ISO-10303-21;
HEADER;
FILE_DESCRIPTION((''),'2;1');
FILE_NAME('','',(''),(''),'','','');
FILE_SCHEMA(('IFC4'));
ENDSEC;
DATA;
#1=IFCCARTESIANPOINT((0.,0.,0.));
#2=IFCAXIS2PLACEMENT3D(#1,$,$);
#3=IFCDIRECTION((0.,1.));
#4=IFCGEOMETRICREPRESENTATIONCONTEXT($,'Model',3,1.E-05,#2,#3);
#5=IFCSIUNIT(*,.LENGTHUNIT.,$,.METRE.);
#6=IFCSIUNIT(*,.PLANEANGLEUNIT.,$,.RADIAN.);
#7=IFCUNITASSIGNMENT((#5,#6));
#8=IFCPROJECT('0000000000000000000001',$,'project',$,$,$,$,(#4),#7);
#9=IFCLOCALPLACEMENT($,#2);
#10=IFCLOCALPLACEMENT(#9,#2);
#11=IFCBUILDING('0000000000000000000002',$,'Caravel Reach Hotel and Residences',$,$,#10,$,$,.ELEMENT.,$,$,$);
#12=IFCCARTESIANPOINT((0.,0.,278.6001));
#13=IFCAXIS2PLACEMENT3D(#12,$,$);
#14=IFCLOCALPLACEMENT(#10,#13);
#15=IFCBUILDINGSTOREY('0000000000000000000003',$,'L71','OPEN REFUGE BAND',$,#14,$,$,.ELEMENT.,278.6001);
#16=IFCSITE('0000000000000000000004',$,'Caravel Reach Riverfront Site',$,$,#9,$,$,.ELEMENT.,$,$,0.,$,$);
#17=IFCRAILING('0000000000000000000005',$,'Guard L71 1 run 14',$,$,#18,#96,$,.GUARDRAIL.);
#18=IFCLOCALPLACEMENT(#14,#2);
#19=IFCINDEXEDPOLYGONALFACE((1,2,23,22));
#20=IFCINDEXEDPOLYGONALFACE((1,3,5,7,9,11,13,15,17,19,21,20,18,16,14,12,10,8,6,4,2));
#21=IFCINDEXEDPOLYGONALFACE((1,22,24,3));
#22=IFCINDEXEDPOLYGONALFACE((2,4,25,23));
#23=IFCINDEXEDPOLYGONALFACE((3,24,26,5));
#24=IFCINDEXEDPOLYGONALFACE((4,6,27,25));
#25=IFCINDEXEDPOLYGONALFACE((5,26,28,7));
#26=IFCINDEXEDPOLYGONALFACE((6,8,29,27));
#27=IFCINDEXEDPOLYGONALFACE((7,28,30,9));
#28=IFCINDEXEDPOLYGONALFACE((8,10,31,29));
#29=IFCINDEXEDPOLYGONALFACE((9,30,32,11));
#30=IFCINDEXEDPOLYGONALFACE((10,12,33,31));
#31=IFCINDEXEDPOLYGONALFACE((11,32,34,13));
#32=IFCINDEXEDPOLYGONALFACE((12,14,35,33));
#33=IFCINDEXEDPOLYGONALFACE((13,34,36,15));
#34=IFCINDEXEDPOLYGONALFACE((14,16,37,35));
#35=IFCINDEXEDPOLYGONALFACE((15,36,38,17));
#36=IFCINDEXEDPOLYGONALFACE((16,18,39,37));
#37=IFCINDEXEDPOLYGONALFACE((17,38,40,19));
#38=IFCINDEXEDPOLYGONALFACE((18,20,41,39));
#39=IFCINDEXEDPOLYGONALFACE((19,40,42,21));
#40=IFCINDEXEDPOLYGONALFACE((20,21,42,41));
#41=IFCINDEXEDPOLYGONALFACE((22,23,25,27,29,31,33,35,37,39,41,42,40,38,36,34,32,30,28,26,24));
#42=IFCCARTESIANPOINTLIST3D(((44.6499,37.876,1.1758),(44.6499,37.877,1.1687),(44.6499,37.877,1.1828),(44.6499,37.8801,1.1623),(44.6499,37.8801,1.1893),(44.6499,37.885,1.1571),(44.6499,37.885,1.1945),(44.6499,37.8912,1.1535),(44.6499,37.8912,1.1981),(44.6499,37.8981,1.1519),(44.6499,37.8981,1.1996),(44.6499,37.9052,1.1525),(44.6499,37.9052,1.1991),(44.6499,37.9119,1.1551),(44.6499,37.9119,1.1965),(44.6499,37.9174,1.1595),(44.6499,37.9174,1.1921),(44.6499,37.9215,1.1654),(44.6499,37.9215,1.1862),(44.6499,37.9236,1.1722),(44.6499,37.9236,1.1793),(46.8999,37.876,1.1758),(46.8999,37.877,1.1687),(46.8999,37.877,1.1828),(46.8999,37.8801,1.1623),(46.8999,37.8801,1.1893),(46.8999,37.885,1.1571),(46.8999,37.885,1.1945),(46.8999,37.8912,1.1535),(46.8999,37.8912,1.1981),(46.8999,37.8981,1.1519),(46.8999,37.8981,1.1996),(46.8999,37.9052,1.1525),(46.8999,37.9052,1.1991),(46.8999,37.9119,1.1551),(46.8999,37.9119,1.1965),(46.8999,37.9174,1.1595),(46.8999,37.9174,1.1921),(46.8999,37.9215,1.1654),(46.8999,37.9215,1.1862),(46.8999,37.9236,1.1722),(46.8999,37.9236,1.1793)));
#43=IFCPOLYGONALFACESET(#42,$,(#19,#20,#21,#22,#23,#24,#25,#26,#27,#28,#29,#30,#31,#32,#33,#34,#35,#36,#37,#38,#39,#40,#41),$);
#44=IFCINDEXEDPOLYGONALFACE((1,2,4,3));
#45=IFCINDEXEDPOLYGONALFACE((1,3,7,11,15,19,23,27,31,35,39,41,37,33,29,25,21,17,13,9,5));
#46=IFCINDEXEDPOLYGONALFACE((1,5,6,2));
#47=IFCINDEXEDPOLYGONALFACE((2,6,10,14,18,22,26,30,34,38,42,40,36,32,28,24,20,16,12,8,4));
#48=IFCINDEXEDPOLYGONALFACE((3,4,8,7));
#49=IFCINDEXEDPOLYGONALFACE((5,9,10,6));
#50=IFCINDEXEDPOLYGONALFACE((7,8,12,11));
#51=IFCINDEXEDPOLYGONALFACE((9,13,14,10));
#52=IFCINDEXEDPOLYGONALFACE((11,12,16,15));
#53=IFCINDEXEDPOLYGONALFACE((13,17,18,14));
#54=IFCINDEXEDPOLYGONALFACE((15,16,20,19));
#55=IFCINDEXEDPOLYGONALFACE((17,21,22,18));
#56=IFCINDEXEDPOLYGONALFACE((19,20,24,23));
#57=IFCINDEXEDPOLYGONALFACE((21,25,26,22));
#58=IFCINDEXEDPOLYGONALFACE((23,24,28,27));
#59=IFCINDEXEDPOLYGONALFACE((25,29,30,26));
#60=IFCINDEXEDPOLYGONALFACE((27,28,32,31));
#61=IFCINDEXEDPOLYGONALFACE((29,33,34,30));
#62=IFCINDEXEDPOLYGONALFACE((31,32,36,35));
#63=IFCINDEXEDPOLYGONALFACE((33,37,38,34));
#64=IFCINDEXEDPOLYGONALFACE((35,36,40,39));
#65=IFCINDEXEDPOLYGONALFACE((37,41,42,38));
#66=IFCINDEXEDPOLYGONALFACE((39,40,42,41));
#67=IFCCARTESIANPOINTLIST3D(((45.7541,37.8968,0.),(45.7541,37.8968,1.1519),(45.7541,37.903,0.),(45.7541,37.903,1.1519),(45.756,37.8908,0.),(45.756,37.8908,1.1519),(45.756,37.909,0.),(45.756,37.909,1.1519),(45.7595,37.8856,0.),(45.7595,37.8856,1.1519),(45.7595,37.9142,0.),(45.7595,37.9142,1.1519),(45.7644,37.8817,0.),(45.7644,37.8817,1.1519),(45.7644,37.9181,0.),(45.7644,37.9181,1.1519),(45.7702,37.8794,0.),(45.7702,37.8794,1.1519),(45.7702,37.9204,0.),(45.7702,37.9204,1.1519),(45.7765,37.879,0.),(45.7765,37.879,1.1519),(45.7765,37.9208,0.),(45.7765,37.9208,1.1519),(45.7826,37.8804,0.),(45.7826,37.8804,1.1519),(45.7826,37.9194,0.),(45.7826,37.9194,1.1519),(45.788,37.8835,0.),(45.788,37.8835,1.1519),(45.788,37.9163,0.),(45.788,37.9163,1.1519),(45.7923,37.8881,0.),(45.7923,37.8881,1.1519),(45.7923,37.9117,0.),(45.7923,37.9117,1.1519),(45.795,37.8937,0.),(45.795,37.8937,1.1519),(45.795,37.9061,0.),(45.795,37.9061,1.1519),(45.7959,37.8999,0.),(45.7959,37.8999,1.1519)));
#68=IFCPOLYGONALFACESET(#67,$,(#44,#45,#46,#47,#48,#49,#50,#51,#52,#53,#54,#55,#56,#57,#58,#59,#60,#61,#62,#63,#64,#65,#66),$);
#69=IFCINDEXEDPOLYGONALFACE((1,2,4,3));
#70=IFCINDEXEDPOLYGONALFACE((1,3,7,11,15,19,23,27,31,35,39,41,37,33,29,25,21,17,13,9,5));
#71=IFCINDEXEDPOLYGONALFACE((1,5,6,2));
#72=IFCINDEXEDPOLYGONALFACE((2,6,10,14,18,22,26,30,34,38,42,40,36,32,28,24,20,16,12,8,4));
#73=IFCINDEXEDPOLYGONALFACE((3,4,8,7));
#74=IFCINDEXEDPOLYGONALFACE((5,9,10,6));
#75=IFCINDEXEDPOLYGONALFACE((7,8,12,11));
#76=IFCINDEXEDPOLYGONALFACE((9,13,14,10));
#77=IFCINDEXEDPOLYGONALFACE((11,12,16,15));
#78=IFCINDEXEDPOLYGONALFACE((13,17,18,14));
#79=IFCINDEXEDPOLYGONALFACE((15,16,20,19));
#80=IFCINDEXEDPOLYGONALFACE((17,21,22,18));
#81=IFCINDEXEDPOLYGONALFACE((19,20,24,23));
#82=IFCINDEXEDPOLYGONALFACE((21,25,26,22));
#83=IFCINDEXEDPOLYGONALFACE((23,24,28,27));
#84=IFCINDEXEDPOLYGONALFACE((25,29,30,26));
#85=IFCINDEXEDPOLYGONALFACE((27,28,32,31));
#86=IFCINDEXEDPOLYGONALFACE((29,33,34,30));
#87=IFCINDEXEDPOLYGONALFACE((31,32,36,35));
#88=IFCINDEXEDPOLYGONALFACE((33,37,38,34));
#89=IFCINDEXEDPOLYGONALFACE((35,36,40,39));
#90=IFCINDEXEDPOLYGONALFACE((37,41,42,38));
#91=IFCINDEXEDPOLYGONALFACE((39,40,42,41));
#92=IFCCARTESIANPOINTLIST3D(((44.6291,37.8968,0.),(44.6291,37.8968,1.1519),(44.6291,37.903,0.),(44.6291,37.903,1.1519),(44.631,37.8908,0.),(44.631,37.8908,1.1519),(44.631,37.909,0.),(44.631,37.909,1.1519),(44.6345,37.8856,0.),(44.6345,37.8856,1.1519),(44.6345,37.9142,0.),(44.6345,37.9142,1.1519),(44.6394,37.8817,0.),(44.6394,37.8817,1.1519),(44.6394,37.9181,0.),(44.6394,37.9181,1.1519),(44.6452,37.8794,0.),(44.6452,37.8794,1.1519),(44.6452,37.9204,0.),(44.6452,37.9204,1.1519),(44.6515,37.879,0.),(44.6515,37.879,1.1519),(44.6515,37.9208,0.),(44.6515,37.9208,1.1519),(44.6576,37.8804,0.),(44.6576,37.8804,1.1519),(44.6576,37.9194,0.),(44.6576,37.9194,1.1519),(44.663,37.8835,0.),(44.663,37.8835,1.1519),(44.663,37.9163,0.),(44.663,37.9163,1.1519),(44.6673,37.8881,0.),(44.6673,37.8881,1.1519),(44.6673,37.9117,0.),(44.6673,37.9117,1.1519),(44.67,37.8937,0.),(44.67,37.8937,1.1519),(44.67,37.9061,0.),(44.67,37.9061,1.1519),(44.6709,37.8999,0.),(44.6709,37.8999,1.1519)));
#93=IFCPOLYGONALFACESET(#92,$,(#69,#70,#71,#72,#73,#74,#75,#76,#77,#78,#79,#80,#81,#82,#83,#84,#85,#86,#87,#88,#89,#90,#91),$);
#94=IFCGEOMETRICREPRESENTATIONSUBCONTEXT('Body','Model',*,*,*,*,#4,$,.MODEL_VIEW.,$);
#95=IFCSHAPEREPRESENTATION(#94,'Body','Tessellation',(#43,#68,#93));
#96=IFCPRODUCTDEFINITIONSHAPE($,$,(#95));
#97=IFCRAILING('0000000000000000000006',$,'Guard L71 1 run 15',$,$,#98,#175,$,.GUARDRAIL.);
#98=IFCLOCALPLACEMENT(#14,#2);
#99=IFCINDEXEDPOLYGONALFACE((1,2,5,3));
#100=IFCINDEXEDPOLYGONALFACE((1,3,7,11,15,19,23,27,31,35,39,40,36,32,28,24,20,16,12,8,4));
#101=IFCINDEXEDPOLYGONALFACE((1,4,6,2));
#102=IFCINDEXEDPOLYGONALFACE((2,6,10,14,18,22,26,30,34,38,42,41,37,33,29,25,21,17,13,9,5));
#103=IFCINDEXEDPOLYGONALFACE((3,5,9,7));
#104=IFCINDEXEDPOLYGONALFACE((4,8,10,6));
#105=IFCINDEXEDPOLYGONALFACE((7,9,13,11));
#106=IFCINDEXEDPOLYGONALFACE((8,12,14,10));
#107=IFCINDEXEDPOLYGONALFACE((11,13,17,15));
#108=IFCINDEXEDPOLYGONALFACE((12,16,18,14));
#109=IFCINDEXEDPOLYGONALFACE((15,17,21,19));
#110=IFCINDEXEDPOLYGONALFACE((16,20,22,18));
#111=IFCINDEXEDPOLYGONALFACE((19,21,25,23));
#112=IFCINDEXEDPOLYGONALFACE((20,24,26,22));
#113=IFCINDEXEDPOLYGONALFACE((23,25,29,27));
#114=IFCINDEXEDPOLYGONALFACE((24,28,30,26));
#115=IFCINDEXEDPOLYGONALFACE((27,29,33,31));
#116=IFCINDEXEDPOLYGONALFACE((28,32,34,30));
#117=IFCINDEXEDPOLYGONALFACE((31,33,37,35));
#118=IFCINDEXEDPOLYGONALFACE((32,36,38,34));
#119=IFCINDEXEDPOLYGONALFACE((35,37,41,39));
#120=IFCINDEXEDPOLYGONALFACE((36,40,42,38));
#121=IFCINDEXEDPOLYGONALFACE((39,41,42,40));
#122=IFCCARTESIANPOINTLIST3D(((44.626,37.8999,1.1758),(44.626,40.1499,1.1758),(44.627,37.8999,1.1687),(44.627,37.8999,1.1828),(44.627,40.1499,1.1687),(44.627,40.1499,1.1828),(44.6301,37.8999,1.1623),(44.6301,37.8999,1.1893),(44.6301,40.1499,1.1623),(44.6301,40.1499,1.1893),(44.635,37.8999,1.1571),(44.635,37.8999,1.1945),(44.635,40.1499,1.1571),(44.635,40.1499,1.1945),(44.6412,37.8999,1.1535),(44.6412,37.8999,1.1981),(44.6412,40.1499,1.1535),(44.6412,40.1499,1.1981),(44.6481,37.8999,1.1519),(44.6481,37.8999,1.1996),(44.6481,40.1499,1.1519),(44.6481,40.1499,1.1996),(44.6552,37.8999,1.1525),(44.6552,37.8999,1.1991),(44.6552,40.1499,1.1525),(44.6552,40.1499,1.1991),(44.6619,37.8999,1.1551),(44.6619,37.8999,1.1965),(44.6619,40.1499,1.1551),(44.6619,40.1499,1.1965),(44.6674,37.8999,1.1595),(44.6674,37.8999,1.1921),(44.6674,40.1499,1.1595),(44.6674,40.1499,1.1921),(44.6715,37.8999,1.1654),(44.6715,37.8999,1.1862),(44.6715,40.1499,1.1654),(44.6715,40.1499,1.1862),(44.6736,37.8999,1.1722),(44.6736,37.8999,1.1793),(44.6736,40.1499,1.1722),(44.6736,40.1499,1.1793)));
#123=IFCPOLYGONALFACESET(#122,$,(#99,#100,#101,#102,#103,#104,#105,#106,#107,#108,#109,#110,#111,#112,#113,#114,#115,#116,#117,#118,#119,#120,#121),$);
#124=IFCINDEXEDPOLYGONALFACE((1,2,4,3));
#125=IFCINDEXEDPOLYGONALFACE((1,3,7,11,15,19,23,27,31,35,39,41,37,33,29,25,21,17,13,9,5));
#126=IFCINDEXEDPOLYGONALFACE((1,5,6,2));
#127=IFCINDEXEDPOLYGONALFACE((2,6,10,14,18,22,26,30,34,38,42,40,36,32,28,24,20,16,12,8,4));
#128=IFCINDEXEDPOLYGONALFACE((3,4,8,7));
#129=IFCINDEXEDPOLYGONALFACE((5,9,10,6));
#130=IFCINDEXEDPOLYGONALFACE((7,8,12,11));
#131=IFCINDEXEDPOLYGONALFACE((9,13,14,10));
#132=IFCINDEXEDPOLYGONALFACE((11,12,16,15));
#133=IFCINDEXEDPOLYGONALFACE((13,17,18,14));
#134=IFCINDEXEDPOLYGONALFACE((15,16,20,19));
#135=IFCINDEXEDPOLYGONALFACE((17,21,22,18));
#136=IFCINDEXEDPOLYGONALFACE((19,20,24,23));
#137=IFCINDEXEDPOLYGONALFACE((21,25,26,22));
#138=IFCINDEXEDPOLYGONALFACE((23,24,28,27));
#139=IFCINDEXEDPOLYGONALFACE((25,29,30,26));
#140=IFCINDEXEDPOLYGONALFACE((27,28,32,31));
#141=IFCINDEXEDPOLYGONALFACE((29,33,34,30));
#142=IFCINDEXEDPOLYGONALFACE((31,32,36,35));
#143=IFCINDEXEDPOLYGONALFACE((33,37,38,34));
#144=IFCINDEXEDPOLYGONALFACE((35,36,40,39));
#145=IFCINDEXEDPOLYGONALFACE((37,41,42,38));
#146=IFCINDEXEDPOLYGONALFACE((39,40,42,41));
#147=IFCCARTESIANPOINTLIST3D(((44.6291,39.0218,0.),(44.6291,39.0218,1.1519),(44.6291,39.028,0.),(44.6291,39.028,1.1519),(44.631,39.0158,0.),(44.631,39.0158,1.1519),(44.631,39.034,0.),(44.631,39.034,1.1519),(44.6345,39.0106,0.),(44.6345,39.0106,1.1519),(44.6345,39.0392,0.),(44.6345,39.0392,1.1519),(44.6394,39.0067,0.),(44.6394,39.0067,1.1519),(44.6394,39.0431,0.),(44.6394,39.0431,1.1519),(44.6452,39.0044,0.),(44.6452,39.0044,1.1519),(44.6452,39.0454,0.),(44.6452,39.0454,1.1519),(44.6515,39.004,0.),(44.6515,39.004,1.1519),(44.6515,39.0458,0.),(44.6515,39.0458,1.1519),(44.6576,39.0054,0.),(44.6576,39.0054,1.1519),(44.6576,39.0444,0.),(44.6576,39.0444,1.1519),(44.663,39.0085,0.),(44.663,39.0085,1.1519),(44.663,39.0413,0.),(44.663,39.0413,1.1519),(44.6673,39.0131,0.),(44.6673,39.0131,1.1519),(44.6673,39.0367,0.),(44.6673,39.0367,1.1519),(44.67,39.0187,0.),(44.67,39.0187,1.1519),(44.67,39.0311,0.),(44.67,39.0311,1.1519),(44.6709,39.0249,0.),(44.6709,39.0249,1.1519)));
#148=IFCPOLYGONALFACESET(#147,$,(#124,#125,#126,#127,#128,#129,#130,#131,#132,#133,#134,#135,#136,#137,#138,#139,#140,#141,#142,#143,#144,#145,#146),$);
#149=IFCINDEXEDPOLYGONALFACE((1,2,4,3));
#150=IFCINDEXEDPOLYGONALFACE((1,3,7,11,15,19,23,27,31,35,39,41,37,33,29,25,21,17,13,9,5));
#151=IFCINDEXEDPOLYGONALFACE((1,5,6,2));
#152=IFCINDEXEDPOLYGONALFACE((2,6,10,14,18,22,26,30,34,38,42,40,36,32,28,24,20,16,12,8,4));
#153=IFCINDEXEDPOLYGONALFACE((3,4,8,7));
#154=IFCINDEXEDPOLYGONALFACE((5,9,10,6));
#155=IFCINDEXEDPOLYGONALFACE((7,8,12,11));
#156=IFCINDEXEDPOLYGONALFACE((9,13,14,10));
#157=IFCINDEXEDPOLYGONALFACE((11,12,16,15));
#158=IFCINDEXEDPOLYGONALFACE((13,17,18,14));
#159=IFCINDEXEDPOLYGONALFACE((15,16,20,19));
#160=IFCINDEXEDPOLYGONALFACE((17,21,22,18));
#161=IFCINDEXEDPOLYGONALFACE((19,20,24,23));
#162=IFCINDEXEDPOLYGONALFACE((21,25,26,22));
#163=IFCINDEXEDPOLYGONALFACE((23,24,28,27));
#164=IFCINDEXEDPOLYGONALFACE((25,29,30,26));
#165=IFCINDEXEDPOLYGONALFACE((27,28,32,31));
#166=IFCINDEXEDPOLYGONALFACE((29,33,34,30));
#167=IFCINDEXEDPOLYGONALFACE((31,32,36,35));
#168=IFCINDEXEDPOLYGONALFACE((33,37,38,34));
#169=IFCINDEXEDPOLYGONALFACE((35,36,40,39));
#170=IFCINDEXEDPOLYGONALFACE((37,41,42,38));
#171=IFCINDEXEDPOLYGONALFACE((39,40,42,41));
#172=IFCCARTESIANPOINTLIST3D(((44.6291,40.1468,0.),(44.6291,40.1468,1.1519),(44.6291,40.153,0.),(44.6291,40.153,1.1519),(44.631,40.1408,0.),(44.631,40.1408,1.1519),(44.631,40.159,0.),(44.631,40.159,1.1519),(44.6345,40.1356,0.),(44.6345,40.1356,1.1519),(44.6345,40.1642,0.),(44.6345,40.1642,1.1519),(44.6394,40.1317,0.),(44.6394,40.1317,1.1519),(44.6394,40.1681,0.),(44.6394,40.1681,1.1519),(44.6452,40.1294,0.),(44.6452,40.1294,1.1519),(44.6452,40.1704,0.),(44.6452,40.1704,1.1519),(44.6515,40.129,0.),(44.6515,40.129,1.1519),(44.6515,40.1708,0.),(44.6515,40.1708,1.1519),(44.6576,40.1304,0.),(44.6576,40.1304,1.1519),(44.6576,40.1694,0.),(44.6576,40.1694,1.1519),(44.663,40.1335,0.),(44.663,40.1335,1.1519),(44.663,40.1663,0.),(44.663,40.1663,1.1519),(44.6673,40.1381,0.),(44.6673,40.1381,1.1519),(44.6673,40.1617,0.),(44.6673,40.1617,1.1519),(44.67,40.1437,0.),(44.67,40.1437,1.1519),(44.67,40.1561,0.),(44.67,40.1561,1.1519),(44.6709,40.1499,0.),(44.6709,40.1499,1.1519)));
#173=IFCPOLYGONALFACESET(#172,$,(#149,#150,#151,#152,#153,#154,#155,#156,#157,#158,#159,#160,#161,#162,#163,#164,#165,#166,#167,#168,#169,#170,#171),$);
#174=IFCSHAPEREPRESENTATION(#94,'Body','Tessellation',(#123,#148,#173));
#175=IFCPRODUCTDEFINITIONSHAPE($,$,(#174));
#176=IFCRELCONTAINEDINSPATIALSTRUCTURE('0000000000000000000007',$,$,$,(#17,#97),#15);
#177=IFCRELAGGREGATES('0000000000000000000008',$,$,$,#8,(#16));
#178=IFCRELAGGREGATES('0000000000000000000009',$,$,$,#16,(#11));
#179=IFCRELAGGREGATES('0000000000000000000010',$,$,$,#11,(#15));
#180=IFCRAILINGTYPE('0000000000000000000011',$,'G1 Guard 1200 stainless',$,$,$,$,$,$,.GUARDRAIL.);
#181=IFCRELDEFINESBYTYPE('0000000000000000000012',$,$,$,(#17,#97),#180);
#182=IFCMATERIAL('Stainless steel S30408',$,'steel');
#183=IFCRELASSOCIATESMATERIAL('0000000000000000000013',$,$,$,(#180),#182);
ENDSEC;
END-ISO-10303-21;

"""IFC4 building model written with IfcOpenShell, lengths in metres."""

from ifc_helpers import new_model, si_unit, direction, frame, origin, origin_2d, place, context, subcontext, project, spatial, circle, extrude, material, type_object, element, save


model = new_model("IFC4")

# Units and contexts
model_context = context("Model", 3, precision=1e-05, world=origin(), true_north=direction((0.0, 1.0)))
body_context = subcontext(model_context, "Body", "Model", "MODEL_VIEW")
ifc_project = project(units=[si_unit("LENGTHUNIT", "METRE"), si_unit("PLANEANGLEUNIT", "RADIAN")], contexts=[model_context])

# Site, building, storey
site_placement = place(None, origin())
site = spatial("IfcSite", under=ifc_project, at=site_placement, Name="Caravel Reach Riverfront Site", CompositionType="ELEMENT", RefElevation=0.0)
building_placement = place(site_placement, origin())
building = spatial("IfcBuilding", under=site, at=building_placement, Name="Caravel Reach Hotel and Residences", CompositionType="ELEMENT")
storey_placement = place(building_placement, frame((0.0, 0.0, 278.6001)))
storey = spatial("IfcBuildingStorey", under=building, at=storey_placement, Name="L71", Description="OPEN REFUGE BAND", CompositionType="ELEMENT", Elevation=278.6001)

# Railings
ifc_material_1 = material(Name="Stainless steel S30408", Category="steel")
railing_type = type_object("IfcRailingType", Name="G1 Guard 1200 stainless", PredefinedType="GUARDRAIL", material=ifc_material_1)
railing_1_placement = place(storey_placement, frame((46.8999, 37.8999, 0.0)))
element("IfcRailing", 1, at=railing_1_placement, inside=storey, type_object=railing_type, Name="Guard L71 1 run 14", PredefinedType="GUARDRAIL", context=body_context, shape_type="SweptSolid", body=[
    extrude(circle(Radius=0.0239, at=origin_2d()), frame((0.0, 0.0, 1.1758), z_axis=(-1.0, 0.0, 0.0), x_axis=(0.0, -1.0, 0.0)), (0.0, 0.0, 1.0), 2.25),
    extrude(circle(Radius=0.021, at=origin_2d()), frame((-1.125, 0.0, 0.0)), (0.0, 0.0, 1.0), 1.1519),
    extrude(circle(Radius=0.021, at=origin_2d()), frame((-2.25, 0.0, 0.0)), (0.0, 0.0, 1.0), 1.1519),
])
railing_2_placement = place(storey_placement, frame((44.6499, 37.8999, 0.0)))
element("IfcRailing", 2, at=railing_2_placement, inside=storey, type_object=railing_type, Name="Guard L71 1 run 15", PredefinedType="GUARDRAIL", context=body_context, shape_type="SweptSolid", body=[
    extrude(circle(Radius=0.0239, at=origin_2d()), frame((0.0, 0.0, 1.1758), z_axis=(0.0, 1.0, 0.0), x_axis=(-1.0, 0.0, 0.0)), (0.0, 0.0, 1.0), 2.25),
    extrude(circle(Radius=0.021, at=origin_2d()), frame((0.0, 1.125, 0.0)), (0.0, 0.0, 1.0), 1.1519),
    extrude(circle(Radius=0.021, at=origin_2d()), frame((0.0, 2.25, 0.0)), (0.0, 0.0, 1.0), 1.1519),
])

save(model, "model.ifc")
